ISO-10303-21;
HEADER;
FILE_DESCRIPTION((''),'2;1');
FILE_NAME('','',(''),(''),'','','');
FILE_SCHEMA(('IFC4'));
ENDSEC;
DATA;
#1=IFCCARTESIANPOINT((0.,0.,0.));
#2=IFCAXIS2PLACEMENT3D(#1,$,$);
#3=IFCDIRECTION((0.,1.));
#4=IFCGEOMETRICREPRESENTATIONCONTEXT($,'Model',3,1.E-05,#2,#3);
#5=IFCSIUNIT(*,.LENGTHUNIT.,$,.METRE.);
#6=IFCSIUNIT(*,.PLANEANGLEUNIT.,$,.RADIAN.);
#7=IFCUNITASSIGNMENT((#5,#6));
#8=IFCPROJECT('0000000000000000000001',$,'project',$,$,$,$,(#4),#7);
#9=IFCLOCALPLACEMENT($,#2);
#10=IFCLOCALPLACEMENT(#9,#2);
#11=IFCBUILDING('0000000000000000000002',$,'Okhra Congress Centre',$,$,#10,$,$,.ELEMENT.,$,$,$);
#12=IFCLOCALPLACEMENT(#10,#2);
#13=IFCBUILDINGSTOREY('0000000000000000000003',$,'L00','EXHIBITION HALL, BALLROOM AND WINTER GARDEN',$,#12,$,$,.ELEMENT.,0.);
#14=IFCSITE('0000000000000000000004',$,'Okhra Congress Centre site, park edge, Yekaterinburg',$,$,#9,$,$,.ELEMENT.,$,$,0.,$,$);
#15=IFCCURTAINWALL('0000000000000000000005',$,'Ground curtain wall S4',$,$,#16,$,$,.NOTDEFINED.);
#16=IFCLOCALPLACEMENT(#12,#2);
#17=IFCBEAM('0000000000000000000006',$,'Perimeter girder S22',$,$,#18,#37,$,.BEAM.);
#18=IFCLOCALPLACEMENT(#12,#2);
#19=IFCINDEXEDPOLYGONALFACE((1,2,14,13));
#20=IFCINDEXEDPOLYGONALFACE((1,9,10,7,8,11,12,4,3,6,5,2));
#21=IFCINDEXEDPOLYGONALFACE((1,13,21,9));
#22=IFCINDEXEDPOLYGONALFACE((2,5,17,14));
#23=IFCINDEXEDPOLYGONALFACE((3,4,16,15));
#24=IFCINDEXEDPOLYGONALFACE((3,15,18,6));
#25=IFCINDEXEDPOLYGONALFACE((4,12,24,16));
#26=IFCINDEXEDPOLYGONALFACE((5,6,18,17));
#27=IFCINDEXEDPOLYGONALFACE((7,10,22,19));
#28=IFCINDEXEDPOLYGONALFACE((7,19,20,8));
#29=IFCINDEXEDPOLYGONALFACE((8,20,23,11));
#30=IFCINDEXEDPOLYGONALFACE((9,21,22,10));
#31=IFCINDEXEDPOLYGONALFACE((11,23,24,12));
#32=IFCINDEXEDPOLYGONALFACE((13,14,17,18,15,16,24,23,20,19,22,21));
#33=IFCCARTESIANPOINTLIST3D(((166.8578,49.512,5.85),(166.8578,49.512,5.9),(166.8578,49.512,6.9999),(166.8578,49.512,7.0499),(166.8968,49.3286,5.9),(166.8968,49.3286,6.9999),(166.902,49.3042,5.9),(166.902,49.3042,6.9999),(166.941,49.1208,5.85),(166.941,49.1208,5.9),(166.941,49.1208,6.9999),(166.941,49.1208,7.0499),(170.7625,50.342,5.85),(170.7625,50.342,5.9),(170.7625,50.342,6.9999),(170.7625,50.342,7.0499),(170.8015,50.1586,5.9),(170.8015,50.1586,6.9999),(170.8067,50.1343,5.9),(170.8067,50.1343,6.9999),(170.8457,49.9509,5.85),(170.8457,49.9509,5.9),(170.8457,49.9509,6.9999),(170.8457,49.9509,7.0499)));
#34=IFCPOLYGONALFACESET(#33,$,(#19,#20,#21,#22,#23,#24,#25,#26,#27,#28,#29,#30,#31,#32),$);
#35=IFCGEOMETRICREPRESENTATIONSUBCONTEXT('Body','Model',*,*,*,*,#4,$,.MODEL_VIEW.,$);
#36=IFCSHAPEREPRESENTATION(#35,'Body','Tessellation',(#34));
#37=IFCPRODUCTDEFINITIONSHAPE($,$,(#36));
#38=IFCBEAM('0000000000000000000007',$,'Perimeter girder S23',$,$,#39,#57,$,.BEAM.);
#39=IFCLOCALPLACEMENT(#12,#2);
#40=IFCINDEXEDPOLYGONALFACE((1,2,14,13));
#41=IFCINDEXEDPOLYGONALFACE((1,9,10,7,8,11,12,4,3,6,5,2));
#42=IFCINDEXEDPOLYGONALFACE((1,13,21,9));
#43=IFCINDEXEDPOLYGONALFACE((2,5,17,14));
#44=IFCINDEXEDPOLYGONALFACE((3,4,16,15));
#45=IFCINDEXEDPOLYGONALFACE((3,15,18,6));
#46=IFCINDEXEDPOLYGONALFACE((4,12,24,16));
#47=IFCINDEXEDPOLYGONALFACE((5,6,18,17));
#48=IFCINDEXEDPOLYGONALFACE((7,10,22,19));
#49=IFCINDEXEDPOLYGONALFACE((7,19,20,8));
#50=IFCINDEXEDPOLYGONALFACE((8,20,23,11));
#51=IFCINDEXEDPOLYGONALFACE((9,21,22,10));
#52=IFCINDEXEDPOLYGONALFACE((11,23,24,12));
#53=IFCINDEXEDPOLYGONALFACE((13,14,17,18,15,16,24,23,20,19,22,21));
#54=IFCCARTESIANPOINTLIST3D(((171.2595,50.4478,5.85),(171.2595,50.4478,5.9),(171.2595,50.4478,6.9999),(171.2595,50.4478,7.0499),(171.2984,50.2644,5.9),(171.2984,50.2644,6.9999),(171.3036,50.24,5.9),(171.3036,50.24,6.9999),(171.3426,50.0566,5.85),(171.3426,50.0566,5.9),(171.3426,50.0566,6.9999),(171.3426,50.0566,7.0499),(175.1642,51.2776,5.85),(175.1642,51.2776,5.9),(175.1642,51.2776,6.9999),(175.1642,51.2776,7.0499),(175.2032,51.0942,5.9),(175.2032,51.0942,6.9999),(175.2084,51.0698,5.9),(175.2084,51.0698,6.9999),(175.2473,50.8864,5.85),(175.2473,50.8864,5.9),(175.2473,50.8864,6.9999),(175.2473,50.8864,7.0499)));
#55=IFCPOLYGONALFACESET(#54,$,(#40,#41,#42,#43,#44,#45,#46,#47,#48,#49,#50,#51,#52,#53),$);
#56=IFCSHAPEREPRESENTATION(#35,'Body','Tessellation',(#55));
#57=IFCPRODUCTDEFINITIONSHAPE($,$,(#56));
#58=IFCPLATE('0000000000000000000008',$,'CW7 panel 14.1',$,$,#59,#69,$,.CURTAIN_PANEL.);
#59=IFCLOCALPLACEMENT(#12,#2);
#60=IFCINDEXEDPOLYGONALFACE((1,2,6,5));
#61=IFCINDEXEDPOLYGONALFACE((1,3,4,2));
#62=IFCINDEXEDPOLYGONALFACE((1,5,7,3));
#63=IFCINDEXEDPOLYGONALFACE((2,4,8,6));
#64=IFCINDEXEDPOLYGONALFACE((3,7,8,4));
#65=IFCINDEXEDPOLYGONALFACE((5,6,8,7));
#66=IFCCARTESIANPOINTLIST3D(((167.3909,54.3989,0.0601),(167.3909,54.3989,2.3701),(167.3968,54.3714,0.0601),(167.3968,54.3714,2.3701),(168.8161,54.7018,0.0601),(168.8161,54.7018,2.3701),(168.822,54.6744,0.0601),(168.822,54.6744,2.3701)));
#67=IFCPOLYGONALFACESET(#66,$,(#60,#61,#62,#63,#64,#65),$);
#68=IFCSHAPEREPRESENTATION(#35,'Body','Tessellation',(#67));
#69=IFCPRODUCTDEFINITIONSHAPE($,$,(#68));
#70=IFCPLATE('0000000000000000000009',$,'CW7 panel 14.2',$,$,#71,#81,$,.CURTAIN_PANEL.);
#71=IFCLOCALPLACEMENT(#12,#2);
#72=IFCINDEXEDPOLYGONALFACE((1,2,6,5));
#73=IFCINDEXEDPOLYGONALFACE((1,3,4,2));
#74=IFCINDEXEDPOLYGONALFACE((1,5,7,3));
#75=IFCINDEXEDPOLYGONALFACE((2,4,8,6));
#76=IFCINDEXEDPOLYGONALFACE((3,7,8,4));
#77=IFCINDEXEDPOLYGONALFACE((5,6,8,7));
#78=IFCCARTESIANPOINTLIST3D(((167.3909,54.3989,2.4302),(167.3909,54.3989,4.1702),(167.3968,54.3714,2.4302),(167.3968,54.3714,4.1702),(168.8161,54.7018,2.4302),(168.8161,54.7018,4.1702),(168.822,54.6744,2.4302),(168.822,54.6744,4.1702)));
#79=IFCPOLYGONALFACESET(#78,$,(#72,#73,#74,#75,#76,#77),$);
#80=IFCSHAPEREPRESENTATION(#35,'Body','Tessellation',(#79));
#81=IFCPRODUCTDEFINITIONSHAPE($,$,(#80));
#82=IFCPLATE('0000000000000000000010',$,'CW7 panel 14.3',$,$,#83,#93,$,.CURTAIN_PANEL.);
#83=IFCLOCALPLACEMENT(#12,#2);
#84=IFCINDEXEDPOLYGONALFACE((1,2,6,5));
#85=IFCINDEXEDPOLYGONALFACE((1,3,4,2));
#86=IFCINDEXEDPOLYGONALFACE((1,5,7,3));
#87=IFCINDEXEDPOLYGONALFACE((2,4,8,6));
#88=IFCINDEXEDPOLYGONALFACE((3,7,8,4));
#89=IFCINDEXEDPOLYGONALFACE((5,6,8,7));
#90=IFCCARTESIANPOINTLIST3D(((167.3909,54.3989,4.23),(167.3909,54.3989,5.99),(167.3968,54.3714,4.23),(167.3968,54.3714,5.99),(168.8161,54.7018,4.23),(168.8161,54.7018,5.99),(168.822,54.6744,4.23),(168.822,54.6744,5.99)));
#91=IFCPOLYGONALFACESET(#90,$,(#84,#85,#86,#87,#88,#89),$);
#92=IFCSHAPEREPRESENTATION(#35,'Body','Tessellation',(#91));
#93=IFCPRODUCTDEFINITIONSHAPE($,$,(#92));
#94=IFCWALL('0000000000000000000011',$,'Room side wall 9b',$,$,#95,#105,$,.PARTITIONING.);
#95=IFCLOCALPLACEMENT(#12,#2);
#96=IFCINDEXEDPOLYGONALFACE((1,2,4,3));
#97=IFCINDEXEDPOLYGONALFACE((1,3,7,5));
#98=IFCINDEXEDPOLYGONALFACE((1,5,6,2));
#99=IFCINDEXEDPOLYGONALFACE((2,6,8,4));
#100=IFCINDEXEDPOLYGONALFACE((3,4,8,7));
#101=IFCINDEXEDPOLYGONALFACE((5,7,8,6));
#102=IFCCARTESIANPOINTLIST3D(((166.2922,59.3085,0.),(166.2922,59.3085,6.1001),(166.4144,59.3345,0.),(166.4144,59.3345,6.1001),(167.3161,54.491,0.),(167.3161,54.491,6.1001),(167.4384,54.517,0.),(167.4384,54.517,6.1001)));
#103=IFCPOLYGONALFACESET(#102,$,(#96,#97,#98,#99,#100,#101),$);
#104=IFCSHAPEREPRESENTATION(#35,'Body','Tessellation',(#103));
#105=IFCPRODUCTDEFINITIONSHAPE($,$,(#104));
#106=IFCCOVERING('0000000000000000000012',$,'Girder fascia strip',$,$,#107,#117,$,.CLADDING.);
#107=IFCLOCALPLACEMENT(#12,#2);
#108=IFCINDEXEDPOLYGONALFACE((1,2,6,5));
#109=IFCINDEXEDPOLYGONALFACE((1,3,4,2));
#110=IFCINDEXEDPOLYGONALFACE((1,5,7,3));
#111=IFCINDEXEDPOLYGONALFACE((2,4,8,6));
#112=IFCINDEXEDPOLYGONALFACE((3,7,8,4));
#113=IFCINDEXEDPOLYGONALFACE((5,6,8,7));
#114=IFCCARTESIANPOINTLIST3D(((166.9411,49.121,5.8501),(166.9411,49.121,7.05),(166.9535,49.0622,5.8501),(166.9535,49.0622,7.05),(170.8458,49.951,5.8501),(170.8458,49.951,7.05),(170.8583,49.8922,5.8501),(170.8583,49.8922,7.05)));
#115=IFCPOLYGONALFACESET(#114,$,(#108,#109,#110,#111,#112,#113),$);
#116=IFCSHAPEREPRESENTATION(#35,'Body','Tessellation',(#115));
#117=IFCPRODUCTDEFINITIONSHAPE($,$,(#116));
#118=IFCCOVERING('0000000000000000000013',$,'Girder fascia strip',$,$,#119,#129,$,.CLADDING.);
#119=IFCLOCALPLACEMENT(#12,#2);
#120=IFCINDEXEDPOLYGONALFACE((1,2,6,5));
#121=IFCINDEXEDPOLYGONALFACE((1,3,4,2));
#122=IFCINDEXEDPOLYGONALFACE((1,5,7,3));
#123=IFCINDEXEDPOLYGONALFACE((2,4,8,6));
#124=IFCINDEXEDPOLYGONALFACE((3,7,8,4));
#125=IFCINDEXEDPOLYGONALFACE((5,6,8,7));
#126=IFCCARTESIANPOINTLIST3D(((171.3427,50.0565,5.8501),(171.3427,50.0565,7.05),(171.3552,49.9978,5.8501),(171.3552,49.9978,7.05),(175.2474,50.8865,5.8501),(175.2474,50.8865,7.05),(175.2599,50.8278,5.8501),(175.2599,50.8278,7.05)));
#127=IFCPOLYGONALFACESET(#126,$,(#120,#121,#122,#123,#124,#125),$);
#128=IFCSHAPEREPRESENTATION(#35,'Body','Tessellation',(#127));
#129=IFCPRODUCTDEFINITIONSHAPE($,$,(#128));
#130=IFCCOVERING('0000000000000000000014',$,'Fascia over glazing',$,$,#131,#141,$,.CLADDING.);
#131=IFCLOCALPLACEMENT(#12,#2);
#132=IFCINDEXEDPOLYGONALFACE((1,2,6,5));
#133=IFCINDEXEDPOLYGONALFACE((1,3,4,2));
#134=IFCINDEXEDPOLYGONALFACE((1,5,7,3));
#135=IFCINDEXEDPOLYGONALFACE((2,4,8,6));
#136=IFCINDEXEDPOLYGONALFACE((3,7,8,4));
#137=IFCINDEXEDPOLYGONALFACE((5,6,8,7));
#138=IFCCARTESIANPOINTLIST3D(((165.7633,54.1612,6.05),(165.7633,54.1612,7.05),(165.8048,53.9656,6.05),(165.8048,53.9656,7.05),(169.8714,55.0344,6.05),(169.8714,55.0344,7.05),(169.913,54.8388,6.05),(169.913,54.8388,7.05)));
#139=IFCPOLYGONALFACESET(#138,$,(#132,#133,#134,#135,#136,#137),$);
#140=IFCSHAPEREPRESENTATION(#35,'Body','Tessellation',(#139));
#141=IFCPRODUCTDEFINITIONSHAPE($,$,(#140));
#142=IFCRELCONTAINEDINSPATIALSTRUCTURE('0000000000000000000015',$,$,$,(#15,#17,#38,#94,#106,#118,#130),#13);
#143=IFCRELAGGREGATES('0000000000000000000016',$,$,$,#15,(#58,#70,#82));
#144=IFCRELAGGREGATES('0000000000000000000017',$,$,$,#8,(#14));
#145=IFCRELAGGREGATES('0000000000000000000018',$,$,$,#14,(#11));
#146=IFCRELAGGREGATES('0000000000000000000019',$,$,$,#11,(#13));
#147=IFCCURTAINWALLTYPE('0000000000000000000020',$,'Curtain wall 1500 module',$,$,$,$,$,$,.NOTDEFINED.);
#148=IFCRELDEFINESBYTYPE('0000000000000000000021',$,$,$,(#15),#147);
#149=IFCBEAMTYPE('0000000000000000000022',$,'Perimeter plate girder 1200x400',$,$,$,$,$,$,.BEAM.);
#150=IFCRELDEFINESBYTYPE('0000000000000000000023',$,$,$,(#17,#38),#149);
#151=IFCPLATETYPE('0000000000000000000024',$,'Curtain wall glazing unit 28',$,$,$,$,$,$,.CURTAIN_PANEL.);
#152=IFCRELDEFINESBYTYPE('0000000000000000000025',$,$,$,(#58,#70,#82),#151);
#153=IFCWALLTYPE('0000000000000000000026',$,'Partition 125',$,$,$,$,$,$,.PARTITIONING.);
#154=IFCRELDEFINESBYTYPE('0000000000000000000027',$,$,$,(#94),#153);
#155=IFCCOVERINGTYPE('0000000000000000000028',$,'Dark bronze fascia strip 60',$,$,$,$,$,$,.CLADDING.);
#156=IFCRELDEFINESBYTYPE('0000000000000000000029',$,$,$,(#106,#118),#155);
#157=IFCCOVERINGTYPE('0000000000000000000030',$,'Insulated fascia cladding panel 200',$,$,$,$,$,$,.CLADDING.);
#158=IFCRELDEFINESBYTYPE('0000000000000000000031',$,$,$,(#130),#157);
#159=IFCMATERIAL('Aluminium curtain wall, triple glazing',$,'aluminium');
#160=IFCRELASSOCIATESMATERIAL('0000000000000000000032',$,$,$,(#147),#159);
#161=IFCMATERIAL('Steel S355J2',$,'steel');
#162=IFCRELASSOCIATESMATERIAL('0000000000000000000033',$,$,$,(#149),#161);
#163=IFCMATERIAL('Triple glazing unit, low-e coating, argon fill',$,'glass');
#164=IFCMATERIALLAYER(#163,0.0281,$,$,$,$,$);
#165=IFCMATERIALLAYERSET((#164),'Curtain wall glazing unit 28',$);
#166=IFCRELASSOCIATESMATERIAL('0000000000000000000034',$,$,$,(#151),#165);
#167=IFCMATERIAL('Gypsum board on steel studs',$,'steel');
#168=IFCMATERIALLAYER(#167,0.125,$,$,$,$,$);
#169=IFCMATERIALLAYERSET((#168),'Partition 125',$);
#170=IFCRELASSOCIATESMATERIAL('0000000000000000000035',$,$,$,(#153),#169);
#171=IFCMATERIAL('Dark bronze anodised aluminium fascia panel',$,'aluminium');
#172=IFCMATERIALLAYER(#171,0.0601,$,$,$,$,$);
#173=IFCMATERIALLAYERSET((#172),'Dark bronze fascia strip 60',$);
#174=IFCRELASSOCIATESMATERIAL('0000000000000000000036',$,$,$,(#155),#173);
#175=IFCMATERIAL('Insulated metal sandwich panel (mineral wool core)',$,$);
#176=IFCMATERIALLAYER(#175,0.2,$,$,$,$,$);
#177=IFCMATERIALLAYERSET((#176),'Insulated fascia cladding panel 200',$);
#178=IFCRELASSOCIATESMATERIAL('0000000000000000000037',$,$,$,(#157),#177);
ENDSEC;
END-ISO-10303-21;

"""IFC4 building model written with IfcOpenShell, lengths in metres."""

from ifc_helpers import new_model, si_unit, direction, frame, frame_2d, origin, origin_2d, place, context, subcontext, project, spatial, rectangle, i_section, extrude, material, layer, layer_set, material_profile, profile_set, type_object, element, aggregate, save


model = new_model("IFC4")

# Units and contexts
model_context = context("Model", 3, precision=1e-05, world=origin(), true_north=direction((0.0, 1.0)))
body_context = subcontext(model_context, "Body", "Model", "MODEL_VIEW")
ifc_project = project(units=[si_unit("LENGTHUNIT", "METRE"), si_unit("PLANEANGLEUNIT", "RADIAN")], contexts=[model_context])

# Site, building, storey
site_placement = place(None, origin())
site = spatial("IfcSite", under=ifc_project, at=site_placement, Name="Okhra Congress Centre site, park edge, Yekaterinburg", CompositionType="ELEMENT", RefElevation=0.0)
building_placement = place(site_placement, origin())
building = spatial("IfcBuilding", under=site, at=building_placement, Name="Okhra Congress Centre", CompositionType="ELEMENT")
storey_placement = place(building_placement, origin())
storey = spatial("IfcBuildingStorey", under=building, at=storey_placement, Name="L00", Description="EXHIBITION HALL, BALLROOM AND WINTER GARDEN", CompositionType="ELEMENT", Elevation=0.0)

# Curtain wall
ifc_material_1 = material(Name="Aluminium curtain wall, triple glazing", Category="aluminium")
curtain_wall_type = type_object("IfcCurtainWallType", Name="Curtain wall 1500 module", PredefinedType="NOTDEFINED", material=ifc_material_1)
curtain_wall_placement = place(storey_placement, origin())
curtain_wall = element("IfcCurtainWall", 1, at=curtain_wall_placement, inside=storey, type_object=curtain_wall_type, Name="Ground curtain wall S4", PredefinedType="NOTDEFINED")

# Beams
ifc_material_2 = material(Name="Steel S355J2", Category="steel")
ifc_material_profile_1 = material_profile(ifc_material_2, i_section(OverallWidth=0.3999, OverallDepth=1.2, WebThickness=0.0249, FlangeThickness=0.05, at=origin_2d()), Name="Plate girder 1200x400")
ifc_profile_set_1 = profile_set([ifc_material_profile_1], Name="Steel S355J2")
beam_type_1 = type_object("IfcBeamType", Name="Perimeter plate girder 1200x400", PredefinedType="BEAM", material=ifc_profile_set_1)
for number, where, z_axis, x_axis, name in (
    (2, (166.8994, 49.3164, 6.45), (0.978143, 0.207933, 0.0), (-0.207933, 0.978143, 0.0), "Perimeter girder S22"),
    (3, (171.301, 50.2522, 6.45), (0.978155, 0.207875, 0.0), (-0.207875, 0.978155, 0.0), "Perimeter girder S23"),
):
    element("IfcBeam", number, at=place(storey_placement, frame(where, z_axis=z_axis, x_axis=x_axis)), inside=storey, type_object=beam_type_1, Name=name, PredefinedType="BEAM", context=body_context, shape_type="SweptSolid", body=[
        extrude(i_section(OverallWidth=0.3999, OverallDepth=1.2, WebThickness=0.0249, FlangeThickness=0.05, at=origin_2d()), origin(), (0.0, 0.0, 1.0), 3.9919),
    ])

# Plates
ifc_material_3 = material(Name="Triple glazing unit, low-e coating, argon fill", Category="glass")
ifc_layer_1 = layer(ifc_material_3, 0.0281)
ifc_layer_set_1 = layer_set([ifc_layer_1], Name="Curtain wall glazing unit 28")
plate_type = type_object("IfcPlateType", Name="Curtain wall glazing unit 28", PredefinedType="CURTAIN_PANEL", material=ifc_layer_set_1)
plate_1_placement = place(storey_placement, frame((168.1064, 54.5366, 0.0601), z_axis=(0.0, 0.0, 1.0), x_axis=(0.978148, 0.207912, 0.0)))
plate_1 = element("IfcPlate", 4, at=plate_1_placement, type_object=plate_type, Name="CW7 panel 14.1", PredefinedType="CURTAIN_PANEL", context=body_context, shape_type="SweptSolid", body=[
    extrude(rectangle(XDim=1.457, YDim=0.0281, at=origin_2d()), origin(), (0.0, 0.0, 1.0), 2.3101),
])
plate_2_placement = place(storey_placement, frame((168.1064, 54.5366, 2.4302), z_axis=(0.0, 0.0, 1.0), x_axis=(0.978148, 0.207912, 0.0)))
plate_2 = element("IfcPlate", 5, at=plate_2_placement, type_object=plate_type, Name="CW7 panel 14.2", PredefinedType="CURTAIN_PANEL", context=body_context, shape_type="SweptSolid", body=[
    extrude(rectangle(XDim=1.457, YDim=0.0281, at=origin_2d()), origin(), (0.0, 0.0, 1.0), 1.74),
])
plate_3_placement = place(storey_placement, frame((168.1064, 54.5366, 4.23), z_axis=(0.0, 0.0, 1.0), x_axis=(0.978148, 0.207912, 0.0)))
plate_3 = element("IfcPlate", 6, at=plate_3_placement, type_object=plate_type, Name="CW7 panel 14.3", PredefinedType="CURTAIN_PANEL", context=body_context, shape_type="SweptSolid", body=[
    extrude(rectangle(XDim=1.457, YDim=0.0281, at=origin_2d()), origin(), (0.0, 0.0, 1.0), 1.76),
])
aggregate(curtain_wall, [plate_1, plate_2, plate_3])

# Wall
ifc_material_4 = material(Name="Gypsum board on steel studs", Category="steel")
ifc_layer_2 = layer(ifc_material_4, 0.125)
ifc_layer_set_2 = layer_set([ifc_layer_2], Name="Partition 125")
wall_type = type_object("IfcWallType", Name="Partition 125", PredefinedType="PARTITIONING", material=ifc_layer_set_2)
wall_placement = place(storey_placement, frame((167.3772, 54.5042, 0.0), z_axis=(0.0, 0.0, 1.0), x_axis=(-0.207904, 0.978149, 0.0)))
element("IfcWall", 7, at=wall_placement, inside=storey, type_object=wall_type, Name="Room side wall 9b", PredefinedType="PARTITIONING", context=body_context, shape_type="SweptSolid", body=[
    extrude(rectangle(XDim=4.925, YDim=0.125, at=frame_2d((2.4624, 0.0))), origin(), (0.0, 0.0, 1.0), 6.1001),
])

# Coverings
ifc_material_5 = material(Name="Dark bronze anodised aluminium fascia panel", Category="aluminium")
ifc_layer_3 = layer(ifc_material_5, 0.0601)
ifc_layer_set_3 = layer_set([ifc_layer_3], Name="Dark bronze fascia strip 60")
covering_type_1 = type_object("IfcCoveringType", Name="Dark bronze fascia strip 60", PredefinedType="CLADDING", material=ifc_layer_set_3)
for number, where, z_axis, x_axis, name in (
    (8, (168.8997, 49.5066, 5.8501), (0.0, 0.0, 1.0), (0.978148, 0.207912, 0.0), "Girder fascia strip"),
    (9, (173.3013, 50.4421, 5.8501), (0.0, 0.0, 1.0), (0.978148, 0.207912, 0.0), "Girder fascia strip"),
):
    element("IfcCovering", number, at=place(storey_placement, frame(where, z_axis=z_axis, x_axis=x_axis)), inside=storey, type_object=covering_type_1, Name=name, PredefinedType="CLADDING", context=body_context, shape_type="SweptSolid", body=[
        extrude(rectangle(XDim=3.9919, YDim=0.0601, at=origin_2d()), origin(), (0.0, 0.0, 1.0), 1.2),
    ])
ifc_material_6 = material(Name="Insulated metal sandwich panel (mineral wool core)")
ifc_layer_4 = layer(ifc_material_6, 0.2)
ifc_layer_set_4 = layer_set([ifc_layer_4], Name="Insulated fascia cladding panel 200")
covering_type_2 = type_object("IfcCoveringType", Name="Insulated fascia cladding panel 200", PredefinedType="CLADDING", material=ifc_layer_set_4)
covering_placement = place(storey_placement, frame((167.8381, 54.5, 6.05), z_axis=(0.0, 0.0, 1.0), x_axis=(0.978148, 0.207912, 0.0)))
element("IfcCovering", 10, at=covering_placement, inside=storey, type_object=covering_type_2, Name="Fascia over glazing", PredefinedType="CLADDING", context=body_context, shape_type="SweptSolid", body=[
    extrude(rectangle(XDim=4.2, YDim=0.2, at=origin_2d()), origin(), (0.0, 0.0, 1.0), 1.0),
])

save(model, "model.ifc")
